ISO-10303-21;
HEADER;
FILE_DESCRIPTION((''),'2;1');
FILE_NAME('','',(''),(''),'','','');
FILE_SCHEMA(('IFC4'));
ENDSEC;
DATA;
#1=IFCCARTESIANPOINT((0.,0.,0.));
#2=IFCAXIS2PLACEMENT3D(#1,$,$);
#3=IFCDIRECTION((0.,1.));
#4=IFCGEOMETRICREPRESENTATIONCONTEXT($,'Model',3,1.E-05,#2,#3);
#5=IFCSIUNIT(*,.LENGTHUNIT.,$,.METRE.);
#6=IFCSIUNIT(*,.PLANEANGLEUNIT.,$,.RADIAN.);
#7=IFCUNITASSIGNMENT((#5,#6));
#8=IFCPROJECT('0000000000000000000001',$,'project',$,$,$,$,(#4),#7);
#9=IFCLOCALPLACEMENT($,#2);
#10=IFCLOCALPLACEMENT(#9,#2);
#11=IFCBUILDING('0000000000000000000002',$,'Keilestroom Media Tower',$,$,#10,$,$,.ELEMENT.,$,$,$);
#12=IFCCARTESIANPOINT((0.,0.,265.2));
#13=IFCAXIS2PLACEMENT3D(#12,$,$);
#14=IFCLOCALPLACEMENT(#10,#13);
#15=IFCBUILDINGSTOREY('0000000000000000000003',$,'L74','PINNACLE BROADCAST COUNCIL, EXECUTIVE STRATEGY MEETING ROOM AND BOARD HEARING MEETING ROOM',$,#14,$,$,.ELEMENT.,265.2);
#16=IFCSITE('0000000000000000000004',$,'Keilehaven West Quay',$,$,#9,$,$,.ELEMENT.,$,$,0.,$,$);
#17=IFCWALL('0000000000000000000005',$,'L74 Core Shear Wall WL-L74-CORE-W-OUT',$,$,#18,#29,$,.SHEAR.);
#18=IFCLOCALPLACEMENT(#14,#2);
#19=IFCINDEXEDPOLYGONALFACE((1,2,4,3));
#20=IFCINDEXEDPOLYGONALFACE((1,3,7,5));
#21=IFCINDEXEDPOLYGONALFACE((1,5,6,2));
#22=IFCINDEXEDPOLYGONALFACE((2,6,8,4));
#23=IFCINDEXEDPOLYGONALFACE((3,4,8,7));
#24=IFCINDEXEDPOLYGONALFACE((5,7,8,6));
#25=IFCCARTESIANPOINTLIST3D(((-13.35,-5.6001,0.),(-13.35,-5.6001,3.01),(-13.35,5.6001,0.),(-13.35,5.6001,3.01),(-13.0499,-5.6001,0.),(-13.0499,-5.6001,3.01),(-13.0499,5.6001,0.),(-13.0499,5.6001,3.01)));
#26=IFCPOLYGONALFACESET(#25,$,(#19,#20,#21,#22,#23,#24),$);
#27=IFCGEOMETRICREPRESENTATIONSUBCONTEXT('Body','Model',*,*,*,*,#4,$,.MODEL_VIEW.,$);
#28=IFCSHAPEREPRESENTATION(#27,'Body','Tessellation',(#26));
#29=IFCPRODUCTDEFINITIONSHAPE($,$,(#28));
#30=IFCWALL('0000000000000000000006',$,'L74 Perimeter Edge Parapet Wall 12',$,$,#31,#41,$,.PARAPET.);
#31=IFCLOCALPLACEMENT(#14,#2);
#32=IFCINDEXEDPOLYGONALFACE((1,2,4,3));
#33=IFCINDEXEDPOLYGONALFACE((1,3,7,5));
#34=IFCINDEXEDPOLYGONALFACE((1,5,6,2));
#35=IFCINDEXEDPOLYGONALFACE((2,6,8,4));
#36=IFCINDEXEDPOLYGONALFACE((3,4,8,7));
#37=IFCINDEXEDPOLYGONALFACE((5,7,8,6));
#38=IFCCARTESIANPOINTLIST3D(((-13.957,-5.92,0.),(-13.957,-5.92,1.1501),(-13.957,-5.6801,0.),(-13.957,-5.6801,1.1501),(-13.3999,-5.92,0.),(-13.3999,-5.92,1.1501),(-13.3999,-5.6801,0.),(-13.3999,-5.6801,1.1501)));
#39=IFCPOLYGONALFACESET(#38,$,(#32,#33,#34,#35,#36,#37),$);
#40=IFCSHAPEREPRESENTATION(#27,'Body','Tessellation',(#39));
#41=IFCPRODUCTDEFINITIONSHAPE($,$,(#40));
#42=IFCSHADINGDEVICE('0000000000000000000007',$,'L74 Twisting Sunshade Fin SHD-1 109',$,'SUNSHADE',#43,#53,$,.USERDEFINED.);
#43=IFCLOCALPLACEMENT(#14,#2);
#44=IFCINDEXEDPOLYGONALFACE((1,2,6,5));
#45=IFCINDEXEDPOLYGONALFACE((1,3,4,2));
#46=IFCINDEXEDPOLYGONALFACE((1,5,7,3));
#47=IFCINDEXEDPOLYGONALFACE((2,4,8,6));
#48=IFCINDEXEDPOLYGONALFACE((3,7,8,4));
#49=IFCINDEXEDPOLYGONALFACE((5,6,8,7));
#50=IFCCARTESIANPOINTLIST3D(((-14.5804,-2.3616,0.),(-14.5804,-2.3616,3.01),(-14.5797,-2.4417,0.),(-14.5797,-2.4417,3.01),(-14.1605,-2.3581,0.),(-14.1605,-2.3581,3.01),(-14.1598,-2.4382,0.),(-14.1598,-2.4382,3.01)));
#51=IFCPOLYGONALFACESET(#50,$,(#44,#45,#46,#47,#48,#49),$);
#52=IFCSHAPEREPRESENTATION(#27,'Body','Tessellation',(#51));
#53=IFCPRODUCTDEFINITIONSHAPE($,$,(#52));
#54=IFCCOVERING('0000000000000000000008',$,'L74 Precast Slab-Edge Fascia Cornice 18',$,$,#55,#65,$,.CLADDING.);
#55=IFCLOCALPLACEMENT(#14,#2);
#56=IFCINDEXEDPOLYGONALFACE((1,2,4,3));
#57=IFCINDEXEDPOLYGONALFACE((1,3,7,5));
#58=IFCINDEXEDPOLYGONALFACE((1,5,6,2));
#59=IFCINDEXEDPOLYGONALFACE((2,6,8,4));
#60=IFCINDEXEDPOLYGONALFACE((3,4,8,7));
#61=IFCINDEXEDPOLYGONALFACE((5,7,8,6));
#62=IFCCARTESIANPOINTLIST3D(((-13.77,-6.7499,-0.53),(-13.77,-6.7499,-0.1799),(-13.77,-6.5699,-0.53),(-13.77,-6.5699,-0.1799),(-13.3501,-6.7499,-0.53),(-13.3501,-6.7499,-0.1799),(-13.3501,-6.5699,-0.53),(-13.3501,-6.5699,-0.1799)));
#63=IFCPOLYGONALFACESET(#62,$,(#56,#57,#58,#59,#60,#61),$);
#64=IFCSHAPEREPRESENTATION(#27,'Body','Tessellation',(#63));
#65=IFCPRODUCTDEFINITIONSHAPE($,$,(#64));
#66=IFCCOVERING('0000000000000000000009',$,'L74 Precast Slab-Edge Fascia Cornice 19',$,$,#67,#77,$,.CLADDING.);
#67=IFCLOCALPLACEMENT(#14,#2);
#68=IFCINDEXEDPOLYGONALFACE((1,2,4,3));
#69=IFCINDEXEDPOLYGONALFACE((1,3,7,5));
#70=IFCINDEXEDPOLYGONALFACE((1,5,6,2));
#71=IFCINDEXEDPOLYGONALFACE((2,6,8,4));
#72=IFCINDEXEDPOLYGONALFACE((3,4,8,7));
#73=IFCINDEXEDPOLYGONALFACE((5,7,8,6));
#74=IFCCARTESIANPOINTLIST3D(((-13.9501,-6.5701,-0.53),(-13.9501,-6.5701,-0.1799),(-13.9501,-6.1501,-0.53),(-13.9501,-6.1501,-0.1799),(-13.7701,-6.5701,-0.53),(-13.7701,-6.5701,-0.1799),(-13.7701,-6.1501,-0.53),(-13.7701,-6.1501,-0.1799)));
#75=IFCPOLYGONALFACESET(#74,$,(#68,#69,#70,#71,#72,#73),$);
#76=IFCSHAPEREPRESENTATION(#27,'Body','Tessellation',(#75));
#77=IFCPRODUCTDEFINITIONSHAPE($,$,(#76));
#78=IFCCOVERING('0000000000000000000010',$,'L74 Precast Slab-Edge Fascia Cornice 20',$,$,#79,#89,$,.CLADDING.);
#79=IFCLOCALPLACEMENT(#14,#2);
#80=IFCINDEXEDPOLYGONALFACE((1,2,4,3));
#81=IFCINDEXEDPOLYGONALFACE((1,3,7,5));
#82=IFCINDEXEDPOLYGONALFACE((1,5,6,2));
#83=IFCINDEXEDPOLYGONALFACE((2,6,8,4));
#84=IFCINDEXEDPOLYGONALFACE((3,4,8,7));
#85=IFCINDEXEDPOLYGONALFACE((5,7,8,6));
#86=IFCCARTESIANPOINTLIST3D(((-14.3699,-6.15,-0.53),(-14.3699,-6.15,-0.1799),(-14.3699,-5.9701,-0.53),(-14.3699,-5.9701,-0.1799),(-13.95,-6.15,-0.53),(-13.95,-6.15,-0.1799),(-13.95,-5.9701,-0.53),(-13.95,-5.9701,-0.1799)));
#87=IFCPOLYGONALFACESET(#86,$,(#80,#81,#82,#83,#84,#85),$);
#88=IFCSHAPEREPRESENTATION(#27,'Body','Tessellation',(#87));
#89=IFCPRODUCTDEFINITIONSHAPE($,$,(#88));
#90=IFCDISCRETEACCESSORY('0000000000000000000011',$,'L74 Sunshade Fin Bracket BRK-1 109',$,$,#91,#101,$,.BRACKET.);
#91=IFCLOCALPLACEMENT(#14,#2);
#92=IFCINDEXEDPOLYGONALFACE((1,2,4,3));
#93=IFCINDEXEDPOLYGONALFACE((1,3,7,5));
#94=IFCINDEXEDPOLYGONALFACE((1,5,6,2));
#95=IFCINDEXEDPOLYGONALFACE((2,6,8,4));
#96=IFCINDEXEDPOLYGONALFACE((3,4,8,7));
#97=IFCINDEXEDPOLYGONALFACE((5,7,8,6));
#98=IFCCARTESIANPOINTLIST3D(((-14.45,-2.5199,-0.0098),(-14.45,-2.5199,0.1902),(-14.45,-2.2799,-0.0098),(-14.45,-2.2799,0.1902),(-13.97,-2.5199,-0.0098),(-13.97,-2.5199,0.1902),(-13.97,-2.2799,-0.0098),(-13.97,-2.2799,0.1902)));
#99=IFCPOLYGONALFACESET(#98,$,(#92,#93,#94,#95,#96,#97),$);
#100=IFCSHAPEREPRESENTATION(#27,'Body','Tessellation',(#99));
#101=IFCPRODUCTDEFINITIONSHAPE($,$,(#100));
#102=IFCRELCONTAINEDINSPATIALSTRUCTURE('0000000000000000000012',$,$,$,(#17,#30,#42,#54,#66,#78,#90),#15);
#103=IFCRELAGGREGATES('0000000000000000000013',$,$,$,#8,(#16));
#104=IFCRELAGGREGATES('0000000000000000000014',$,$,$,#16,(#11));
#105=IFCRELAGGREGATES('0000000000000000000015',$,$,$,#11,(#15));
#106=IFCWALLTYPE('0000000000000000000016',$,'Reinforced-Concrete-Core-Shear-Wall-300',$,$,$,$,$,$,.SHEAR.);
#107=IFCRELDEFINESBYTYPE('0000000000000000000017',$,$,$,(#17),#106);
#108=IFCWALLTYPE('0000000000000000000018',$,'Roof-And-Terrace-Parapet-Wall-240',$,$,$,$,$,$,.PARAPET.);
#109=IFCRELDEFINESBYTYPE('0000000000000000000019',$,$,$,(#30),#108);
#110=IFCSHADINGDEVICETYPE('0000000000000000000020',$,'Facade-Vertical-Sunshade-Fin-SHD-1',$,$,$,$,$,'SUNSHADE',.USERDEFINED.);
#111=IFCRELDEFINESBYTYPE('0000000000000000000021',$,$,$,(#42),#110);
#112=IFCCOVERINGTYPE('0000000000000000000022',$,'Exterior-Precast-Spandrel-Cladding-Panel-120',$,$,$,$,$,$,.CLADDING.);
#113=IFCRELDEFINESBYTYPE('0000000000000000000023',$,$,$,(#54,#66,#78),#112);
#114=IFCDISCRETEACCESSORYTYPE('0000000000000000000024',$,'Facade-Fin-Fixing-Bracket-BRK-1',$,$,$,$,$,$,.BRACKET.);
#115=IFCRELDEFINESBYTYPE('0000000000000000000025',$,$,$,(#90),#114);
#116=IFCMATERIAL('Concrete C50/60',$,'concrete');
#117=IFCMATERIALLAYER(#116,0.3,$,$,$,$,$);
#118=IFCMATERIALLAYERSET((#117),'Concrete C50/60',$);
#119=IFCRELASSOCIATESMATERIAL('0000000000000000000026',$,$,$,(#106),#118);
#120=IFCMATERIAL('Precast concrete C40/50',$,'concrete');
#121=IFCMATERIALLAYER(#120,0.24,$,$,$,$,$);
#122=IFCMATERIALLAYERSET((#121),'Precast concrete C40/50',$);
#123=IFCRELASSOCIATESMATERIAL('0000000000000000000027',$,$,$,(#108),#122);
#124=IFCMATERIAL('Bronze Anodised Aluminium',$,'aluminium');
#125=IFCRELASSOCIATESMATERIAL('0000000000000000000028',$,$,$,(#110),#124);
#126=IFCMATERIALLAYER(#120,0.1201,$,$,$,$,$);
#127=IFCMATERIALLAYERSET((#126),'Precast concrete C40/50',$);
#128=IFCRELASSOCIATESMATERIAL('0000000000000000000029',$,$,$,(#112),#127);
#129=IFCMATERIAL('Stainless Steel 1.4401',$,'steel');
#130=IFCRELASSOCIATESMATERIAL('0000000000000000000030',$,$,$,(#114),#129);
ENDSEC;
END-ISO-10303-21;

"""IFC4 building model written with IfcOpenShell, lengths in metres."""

from ifc_helpers import new_model, si_unit, direction, frame, frame_2d, origin, origin_2d, place, context, subcontext, project, spatial, rectangle, extrude, source, transform, mapped, material, layer, layer_set, type_object, element, save


model = new_model("IFC4")

# Units and contexts
model_context = context("Model", 3, precision=1e-05, world=origin(), true_north=direction((0.0, 1.0)))
body_context = subcontext(model_context, "Body", "Model", "MODEL_VIEW")
ifc_project = project(units=[si_unit("LENGTHUNIT", "METRE"), si_unit("PLANEANGLEUNIT", "RADIAN")], contexts=[model_context])

# Site, building, storey
site_placement = place(None, origin())
site = spatial("IfcSite", under=ifc_project, at=site_placement, Name="Keilehaven West Quay", CompositionType="ELEMENT", RefElevation=0.0)
building_placement = place(site_placement, origin())
building = spatial("IfcBuilding", under=site, at=building_placement, Name="Keilestroom Media Tower", CompositionType="ELEMENT")
storey_placement = place(building_placement, frame((0.0, 0.0, 265.2)))
storey = spatial("IfcBuildingStorey", under=building, at=storey_placement, Name="L74", Description="PINNACLE BROADCAST COUNCIL, EXECUTIVE STRATEGY MEETING ROOM AND BOARD HEARING MEETING ROOM", CompositionType="ELEMENT", Elevation=265.2)

# Shared definitions
ifc_material_1 = material(Name="Precast concrete C40/50", Category="concrete")

# Walls
ifc_material_2 = material(Name="Concrete C50/60", Category="concrete")
ifc_layer_1 = layer(ifc_material_2, 0.3)
ifc_layer_set_1 = layer_set([ifc_layer_1], Name="Concrete C50/60")
wall_type_1 = type_object("IfcWallType", Name="Reinforced-Concrete-Core-Shear-Wall-300", PredefinedType="SHEAR", material=ifc_layer_set_1)
wall_1_placement = place(storey_placement, frame((-13.2, -5.6001, 0.0), z_axis=(0.0, 0.0, 1.0), x_axis=(0.0, 1.0, 0.0)))
element("IfcWall", 1, at=wall_1_placement, inside=storey, type_object=wall_type_1, Name="L74 Core Shear Wall WL-L74-CORE-W-OUT", PredefinedType="SHEAR", context=body_context, shape_type="SweptSolid", body=[
    extrude(rectangle(XDim=11.2002, YDim=0.3, at=frame_2d((5.6001, 0.0))), origin(), (0.0, 0.0, 1.0), 3.01),
])
ifc_layer_2 = layer(ifc_material_1, 0.24)
ifc_layer_set_2 = layer_set([ifc_layer_2], Name="Precast concrete C40/50")
wall_type_2 = type_object("IfcWallType", Name="Roof-And-Terrace-Parapet-Wall-240", PredefinedType="PARAPET", material=ifc_layer_set_2)
wall_2_placement = place(storey_placement, frame((-13.3999, -5.8, 0.0), z_axis=(0.0, 0.0, 1.0), x_axis=(-1.0, 0.0, 0.0)))
element("IfcWall", 2, at=wall_2_placement, inside=storey, type_object=wall_type_2, Name="L74 Perimeter Edge Parapet Wall 12", PredefinedType="PARAPET", context=body_context, shape_type="SweptSolid", body=[
    extrude(rectangle(XDim=0.5571, YDim=0.24, at=frame_2d((0.2786, 0.0))), origin(), (0.0, 0.0, 1.0), 1.1501),
])

# Shading device
ifc_material_3 = material(Name="Bronze Anodised Aluminium", Category="aluminium")
shading_device_type = type_object("IfcShadingDeviceType", Name="Facade-Vertical-Sunshade-Fin-SHD-1", ElementType="SUNSHADE", PredefinedType="USERDEFINED", material=ifc_material_3)
shared_shape_1 = source(origin(), body_context, "Body", "SweptSolid", [
    extrude(rectangle(XDim=0.4199, YDim=0.0801, at=origin_2d()), origin(), (0.0, 0.0, 1.0), 3.01),
])
shading_device_placement = place(storey_placement, frame((-14.3701, -2.3999, 0.0), z_axis=(0.0, 0.0, 1.0), x_axis=(0.999966, 0.008203, 0.0)))
element("IfcShadingDevice", 3, at=shading_device_placement, inside=storey, type_object=shading_device_type, Name="L74 Twisting Sunshade Fin SHD-1 109", ObjectType="SUNSHADE", PredefinedType="USERDEFINED", context=body_context, shape_type="MappedRepresentation", body=[
    mapped(shared_shape_1, transform((0.0, 0.0, 0.0), x_axis=(1.0, 0.0, 0.0), y_axis=(0.0, 1.0, 0.0), z_axis=(0.0, 0.0, 1.0), scale=1.0)),
])

# Coverings
ifc_layer_3 = layer(ifc_material_1, 0.1201)
ifc_layer_set_3 = layer_set([ifc_layer_3], Name="Precast concrete C40/50")
covering_type = type_object("IfcCoveringType", Name="Exterior-Precast-Spandrel-Cladding-Panel-120", PredefinedType="CLADDING", material=ifc_layer_set_3)
shared_shape_2 = source(origin(), body_context, "Body", "SweptSolid", [
    extrude(rectangle(XDim=0.4199, YDim=0.1799, at=origin_2d()), origin(), (0.0, 0.0, 1.0), 0.3501),
])
for number, where, z_axis, x_axis, name in (
    (4, (-13.5601, -6.6599, -0.53), (0.0, 0.0, 1.0), (-1.0, 0.0, 0.0), "L74 Precast Slab-Edge Fascia Cornice 18"),
    (5, (-13.8601, -6.3601, -0.53), (0.0, 0.0, 1.0), (0.0, 1.0, 0.0), "L74 Precast Slab-Edge Fascia Cornice 19"),
    (6, (-14.1599, -6.0601, -0.53), (0.0, 0.0, 1.0), (-1.0, 0.0, 0.0), "L74 Precast Slab-Edge Fascia Cornice 20"),
):
    element("IfcCovering", number, at=place(storey_placement, frame(where, z_axis=z_axis, x_axis=x_axis)), inside=storey, type_object=covering_type, Name=name, PredefinedType="CLADDING", context=body_context, shape_type="MappedRepresentation", body=[
        mapped(shared_shape_2, transform((0.0, 0.0, 0.0), x_axis=(1.0, 0.0, 0.0), y_axis=(0.0, 1.0, 0.0), z_axis=(0.0, 0.0, 1.0), scale=1.0)),
    ])

# Discrete accessory
ifc_material_4 = material(Name="Stainless Steel 1.4401", Category="steel")
discrete_accessory_type = type_object("IfcDiscreteAccessoryType", Name="Facade-Fin-Fixing-Bracket-BRK-1", PredefinedType="BRACKET", material=ifc_material_4)
shared_shape_3 = source(origin(), body_context, "Body", "SweptSolid", [
    extrude(rectangle(XDim=0.48, YDim=0.24, at=origin_2d()), origin(), (0.0, 0.0, 1.0), 0.2),
])
discrete_accessory_placement = place(storey_placement, frame((-14.21, -2.3999, -0.0098), z_axis=(0.0, 0.0, 1.0), x_axis=(1.0, 0.0, 0.0)))
element("IfcDiscreteAccessory", 7, at=discrete_accessory_placement, inside=storey, type_object=discrete_accessory_type, Name="L74 Sunshade Fin Bracket BRK-1 109", PredefinedType="BRACKET", context=body_context, shape_type="MappedRepresentation", body=[
    mapped(shared_shape_3, transform((0.0, 0.0, 0.0), x_axis=(1.0, 0.0, 0.0), y_axis=(0.0, 1.0, 0.0), z_axis=(0.0, 0.0, 1.0), scale=1.0)),
])

save(model, "model.ifc")
